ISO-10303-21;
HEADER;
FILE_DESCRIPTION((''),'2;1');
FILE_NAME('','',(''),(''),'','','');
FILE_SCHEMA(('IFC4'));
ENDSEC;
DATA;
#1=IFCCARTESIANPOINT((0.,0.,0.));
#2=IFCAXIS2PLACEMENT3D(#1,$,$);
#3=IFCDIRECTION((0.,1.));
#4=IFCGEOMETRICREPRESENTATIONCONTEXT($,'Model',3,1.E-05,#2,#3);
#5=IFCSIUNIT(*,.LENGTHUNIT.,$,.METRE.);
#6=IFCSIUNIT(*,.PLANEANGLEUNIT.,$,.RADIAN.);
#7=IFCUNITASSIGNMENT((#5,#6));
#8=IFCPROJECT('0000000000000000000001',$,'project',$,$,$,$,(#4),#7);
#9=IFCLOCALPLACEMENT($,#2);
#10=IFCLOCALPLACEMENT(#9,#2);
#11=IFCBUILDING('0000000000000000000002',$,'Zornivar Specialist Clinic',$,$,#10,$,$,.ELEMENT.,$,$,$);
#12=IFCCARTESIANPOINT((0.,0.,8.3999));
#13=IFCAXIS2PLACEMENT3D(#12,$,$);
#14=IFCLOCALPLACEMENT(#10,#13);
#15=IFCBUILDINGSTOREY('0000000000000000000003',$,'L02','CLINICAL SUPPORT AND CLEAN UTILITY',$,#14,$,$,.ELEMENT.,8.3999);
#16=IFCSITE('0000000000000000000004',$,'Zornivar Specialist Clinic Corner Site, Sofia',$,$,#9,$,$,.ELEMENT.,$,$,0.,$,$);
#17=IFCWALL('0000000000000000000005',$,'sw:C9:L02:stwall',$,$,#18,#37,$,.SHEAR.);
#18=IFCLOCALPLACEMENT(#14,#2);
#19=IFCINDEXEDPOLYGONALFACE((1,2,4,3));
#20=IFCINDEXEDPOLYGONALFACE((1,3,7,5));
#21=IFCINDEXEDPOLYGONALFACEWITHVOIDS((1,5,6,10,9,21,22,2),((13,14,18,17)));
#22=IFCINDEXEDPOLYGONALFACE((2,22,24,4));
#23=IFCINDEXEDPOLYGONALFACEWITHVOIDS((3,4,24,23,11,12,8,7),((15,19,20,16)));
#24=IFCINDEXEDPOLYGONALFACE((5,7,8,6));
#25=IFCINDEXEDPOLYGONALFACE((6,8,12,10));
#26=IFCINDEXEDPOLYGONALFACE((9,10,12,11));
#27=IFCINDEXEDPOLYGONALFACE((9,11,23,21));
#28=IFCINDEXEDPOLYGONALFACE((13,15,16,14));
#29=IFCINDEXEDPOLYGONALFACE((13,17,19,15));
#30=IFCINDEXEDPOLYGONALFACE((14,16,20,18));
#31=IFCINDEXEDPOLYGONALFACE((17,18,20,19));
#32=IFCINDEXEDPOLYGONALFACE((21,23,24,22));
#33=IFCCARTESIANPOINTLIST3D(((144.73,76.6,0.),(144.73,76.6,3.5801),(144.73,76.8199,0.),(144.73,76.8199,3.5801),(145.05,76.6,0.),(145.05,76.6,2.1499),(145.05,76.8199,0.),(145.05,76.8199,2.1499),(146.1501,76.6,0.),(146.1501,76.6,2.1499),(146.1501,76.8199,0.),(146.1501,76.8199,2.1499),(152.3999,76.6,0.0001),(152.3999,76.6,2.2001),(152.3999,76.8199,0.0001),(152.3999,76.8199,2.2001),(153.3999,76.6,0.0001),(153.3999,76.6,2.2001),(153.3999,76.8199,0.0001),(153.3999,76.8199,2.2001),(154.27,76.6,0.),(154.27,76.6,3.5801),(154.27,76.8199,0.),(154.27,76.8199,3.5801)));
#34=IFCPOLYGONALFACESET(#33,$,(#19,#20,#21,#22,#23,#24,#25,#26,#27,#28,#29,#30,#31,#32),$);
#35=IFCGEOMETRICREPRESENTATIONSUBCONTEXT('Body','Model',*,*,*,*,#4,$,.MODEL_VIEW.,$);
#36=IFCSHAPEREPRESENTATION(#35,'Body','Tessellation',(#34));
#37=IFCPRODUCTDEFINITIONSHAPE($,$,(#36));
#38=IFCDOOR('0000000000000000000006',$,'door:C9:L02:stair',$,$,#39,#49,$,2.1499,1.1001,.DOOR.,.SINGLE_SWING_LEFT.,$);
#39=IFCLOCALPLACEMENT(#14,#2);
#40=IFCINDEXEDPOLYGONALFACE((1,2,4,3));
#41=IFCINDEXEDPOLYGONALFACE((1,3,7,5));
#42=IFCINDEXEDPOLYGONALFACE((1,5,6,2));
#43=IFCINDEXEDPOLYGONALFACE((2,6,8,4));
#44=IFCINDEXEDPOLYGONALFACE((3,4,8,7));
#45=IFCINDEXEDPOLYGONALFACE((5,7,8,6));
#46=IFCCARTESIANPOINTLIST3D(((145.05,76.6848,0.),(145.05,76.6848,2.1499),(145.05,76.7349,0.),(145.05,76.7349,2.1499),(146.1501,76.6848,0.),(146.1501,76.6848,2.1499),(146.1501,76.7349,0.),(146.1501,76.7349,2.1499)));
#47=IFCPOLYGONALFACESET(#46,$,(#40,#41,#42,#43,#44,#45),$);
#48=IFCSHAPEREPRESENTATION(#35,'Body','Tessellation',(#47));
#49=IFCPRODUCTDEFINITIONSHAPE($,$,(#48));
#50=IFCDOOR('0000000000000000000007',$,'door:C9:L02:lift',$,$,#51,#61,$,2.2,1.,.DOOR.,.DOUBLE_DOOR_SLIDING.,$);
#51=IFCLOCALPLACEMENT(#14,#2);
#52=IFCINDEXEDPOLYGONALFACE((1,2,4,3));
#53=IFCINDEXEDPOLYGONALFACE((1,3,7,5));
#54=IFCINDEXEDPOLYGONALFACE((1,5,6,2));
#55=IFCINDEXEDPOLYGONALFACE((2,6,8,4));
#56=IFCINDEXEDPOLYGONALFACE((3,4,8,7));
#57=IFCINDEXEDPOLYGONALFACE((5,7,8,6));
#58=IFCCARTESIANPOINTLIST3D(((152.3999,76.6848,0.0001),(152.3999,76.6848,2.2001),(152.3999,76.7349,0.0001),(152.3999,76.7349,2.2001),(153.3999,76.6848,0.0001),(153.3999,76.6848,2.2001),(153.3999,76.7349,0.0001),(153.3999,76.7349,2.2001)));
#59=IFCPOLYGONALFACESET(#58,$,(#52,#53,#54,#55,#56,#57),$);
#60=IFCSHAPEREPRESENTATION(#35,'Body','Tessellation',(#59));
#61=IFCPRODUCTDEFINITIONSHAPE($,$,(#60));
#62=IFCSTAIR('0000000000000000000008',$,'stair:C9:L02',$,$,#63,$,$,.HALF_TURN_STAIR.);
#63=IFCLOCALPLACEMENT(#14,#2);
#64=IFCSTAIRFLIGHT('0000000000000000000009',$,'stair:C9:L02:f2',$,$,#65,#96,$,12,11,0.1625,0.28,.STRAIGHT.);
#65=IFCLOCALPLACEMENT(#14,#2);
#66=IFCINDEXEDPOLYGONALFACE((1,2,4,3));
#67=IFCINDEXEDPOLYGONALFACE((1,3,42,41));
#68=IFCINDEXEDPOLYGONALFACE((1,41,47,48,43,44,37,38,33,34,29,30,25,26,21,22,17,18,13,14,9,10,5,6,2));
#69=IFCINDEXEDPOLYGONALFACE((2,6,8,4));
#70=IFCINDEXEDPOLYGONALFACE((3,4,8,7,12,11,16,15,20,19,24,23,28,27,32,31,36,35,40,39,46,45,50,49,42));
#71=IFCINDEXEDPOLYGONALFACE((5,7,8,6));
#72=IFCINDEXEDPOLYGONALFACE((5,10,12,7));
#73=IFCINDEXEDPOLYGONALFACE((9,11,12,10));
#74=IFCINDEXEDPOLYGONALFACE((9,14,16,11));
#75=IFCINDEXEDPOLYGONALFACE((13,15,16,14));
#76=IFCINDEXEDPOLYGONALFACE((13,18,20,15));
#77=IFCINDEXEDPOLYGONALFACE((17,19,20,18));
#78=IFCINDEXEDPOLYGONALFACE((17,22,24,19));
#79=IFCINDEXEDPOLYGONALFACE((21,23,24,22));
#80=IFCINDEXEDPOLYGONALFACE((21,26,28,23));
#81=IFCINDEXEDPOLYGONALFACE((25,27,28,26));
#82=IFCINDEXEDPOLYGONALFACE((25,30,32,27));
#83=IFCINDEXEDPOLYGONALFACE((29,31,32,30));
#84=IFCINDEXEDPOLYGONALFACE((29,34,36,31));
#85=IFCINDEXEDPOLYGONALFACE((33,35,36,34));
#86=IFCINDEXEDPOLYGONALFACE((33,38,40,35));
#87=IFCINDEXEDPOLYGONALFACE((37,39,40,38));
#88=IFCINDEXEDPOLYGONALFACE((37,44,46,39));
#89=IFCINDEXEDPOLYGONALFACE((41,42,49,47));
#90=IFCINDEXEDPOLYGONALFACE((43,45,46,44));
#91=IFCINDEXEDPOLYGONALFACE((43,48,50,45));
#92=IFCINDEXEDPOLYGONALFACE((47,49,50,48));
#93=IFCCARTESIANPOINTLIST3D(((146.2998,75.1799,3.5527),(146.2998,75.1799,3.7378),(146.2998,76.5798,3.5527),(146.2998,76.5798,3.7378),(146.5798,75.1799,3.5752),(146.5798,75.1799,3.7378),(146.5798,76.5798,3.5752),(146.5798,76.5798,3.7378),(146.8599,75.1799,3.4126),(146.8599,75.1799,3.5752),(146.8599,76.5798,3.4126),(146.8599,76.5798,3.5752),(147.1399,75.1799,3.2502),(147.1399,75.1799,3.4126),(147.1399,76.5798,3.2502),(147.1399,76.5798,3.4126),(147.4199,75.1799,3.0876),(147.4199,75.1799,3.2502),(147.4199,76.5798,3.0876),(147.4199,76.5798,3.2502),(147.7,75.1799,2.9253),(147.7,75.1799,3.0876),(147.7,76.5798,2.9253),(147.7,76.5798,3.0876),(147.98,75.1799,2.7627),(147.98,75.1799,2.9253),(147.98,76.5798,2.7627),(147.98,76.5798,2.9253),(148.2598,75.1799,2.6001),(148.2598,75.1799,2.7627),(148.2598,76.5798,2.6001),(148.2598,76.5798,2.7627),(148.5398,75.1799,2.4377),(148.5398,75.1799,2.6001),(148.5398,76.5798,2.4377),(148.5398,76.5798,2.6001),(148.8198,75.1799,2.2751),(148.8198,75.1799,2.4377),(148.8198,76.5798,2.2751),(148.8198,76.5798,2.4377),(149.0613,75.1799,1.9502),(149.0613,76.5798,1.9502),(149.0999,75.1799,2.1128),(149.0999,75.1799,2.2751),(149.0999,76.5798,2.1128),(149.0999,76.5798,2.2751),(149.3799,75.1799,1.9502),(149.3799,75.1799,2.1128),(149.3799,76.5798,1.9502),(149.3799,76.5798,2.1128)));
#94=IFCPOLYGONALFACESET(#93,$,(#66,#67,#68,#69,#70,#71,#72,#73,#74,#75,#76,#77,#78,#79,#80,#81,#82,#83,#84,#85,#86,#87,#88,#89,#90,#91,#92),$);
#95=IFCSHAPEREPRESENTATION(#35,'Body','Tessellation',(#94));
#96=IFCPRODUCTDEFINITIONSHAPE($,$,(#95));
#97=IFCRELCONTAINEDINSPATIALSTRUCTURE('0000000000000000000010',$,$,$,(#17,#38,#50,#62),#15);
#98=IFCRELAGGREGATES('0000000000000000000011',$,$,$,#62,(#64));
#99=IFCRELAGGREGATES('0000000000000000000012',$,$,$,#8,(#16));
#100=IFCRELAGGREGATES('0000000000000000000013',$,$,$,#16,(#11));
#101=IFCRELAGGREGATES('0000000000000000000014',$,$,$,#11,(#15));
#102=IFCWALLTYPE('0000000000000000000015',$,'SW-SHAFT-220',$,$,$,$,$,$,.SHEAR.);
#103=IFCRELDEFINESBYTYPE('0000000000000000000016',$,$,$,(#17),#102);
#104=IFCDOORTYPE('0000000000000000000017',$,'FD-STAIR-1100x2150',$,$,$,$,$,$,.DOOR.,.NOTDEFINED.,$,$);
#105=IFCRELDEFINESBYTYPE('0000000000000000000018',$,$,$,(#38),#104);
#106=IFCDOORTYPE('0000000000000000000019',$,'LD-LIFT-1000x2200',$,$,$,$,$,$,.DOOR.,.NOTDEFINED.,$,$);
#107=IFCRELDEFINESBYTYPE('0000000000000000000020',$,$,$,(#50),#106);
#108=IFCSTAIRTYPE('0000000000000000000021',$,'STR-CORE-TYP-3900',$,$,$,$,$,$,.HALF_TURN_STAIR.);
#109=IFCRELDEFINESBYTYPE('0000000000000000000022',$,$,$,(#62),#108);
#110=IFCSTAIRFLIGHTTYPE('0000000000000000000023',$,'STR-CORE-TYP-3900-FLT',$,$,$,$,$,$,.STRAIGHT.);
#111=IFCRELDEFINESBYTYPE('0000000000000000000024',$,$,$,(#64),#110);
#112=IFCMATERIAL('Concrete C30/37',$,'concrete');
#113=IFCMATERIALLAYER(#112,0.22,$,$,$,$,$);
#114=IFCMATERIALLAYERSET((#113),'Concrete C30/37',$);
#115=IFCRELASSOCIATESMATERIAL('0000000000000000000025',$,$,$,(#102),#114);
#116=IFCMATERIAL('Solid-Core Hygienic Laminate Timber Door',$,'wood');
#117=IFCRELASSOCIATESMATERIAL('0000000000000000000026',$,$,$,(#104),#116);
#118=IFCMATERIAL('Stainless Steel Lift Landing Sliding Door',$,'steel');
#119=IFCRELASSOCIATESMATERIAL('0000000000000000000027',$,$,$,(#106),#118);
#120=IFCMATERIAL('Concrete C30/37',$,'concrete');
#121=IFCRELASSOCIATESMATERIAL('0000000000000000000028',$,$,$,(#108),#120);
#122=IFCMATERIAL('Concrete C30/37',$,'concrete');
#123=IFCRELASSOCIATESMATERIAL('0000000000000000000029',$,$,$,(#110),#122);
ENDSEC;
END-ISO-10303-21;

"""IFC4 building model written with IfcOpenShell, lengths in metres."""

from ifc_helpers import new_model, si_unit, direction, frame, frame_2d, origin, place, context, subcontext, project, spatial, polyline, rectangle, outline, extrude, material, layer, layer_set, type_object, element, fill, aggregate, save


model = new_model("IFC4")

# Units and contexts
model_context = context("Model", 3, precision=1e-05, world=origin(), true_north=direction((0.0, 1.0)))
body_context = subcontext(model_context, "Body", "Model", "MODEL_VIEW")
ifc_project = project(units=[si_unit("LENGTHUNIT", "METRE"), si_unit("PLANEANGLEUNIT", "RADIAN")], contexts=[model_context])

# Site, building, storey
site_placement = place(None, origin())
site = spatial("IfcSite", under=ifc_project, at=site_placement, Name="Zornivar Specialist Clinic Corner Site, Sofia", CompositionType="ELEMENT", RefElevation=0.0)
building_placement = place(site_placement, origin())
building = spatial("IfcBuilding", under=site, at=building_placement, Name="Zornivar Specialist Clinic", CompositionType="ELEMENT")
storey_placement = place(building_placement, frame((0.0, 0.0, 8.3999)))
storey = spatial("IfcBuildingStorey", under=building, at=storey_placement, Name="L02", Description="CLINICAL SUPPORT AND CLEAN UTILITY", CompositionType="ELEMENT", Elevation=8.3999)

# Wall, openings, doors
ifc_material_1 = material(Name="Concrete C30/37", Category="concrete")
ifc_layer_1 = layer(ifc_material_1, 0.22)
ifc_layer_set_1 = layer_set([ifc_layer_1], Name="Concrete C30/37")
wall_type_1 = type_object("IfcWallType", Name="SW-SHAFT-220", PredefinedType="SHEAR", material=ifc_layer_set_1)
wall_1_placement = place(storey_placement, frame((144.73, 76.71, 0.0), z_axis=(0.0, 0.0, 1.0), x_axis=(1.0, 0.0, 0.0)))
wall_1 = element("IfcWall", 1, at=wall_1_placement, inside=storey, type_object=wall_type_1, Name="sw:C9:L02:stwall", PredefinedType="SHEAR", context=body_context, shape_type="SweptSolid", body=[
    extrude(rectangle(XDim=9.54, YDim=0.22, at=frame_2d((4.77, 0.0))), origin(), (0.0, 0.0, 1.0), 3.5801),
])
opening_1_placement = place(wall_1_placement, frame((0.3201, 0.0, 0.0)))
opening_1 = element("IfcOpeningElement", 2, at=opening_1_placement, cuts=wall_1, PredefinedType="OPENING", context=body_context, shape_type="SweptSolid", body=[
    extrude(rectangle(XDim=1.1001, YDim=2.1499, at=frame_2d((0.55, 1.075))), frame((0.0, 0.1199, 0.0), z_axis=(0.0, -1.0, 0.0), x_axis=(1.0, 0.0, 0.0)), (0.0, 0.0, 1.0), 0.24),
])
opening_2_placement = place(wall_1_placement, frame((7.6699, 0.0, 0.0)))
opening_2 = element("IfcOpeningElement", 3, at=opening_2_placement, cuts=wall_1, PredefinedType="OPENING", context=body_context, shape_type="SweptSolid", body=[
    extrude(rectangle(XDim=1.0, YDim=2.2, at=frame_2d((0.5, 1.1001))), frame((0.0, 0.1199, 0.0), z_axis=(0.0, -1.0, 0.0), x_axis=(1.0, 0.0, 0.0)), (0.0, 0.0, 1.0), 0.24),
])
ifc_material_2 = material(Name="Solid-Core Hygienic Laminate Timber Door", Category="wood")
door_type_1 = type_object("IfcDoorType", Name="FD-STAIR-1100x2150", OperationType="NOTDEFINED", PredefinedType="DOOR", material=ifc_material_2)
door_1_placement = place(opening_1_placement, origin())
door_1 = element("IfcDoor", 4, at=door_1_placement, inside=storey, type_object=door_type_1, Name="door:C9:L02:stair", OperationType="SINGLE_SWING_LEFT", OverallHeight=2.1499, OverallWidth=1.1001, PredefinedType="DOOR", context=body_context, shape_type="SweptSolid", body=[
    extrude(rectangle(XDim=1.1001, YDim=2.1499, at=frame_2d((0.55, 1.075))), frame((0.0, 0.0249, 0.0), z_axis=(0.0, -1.0, 0.0), x_axis=(1.0, 0.0, 0.0)), (0.0, 0.0, 1.0), 0.05),
])
fill(opening_1, door_1)
ifc_material_3 = material(Name="Stainless Steel Lift Landing Sliding Door", Category="steel")
door_type_2 = type_object("IfcDoorType", Name="LD-LIFT-1000x2200", OperationType="NOTDEFINED", PredefinedType="DOOR", material=ifc_material_3)
door_2_placement = place(opening_2_placement, origin())
door_2 = element("IfcDoor", 5, at=door_2_placement, inside=storey, type_object=door_type_2, Name="door:C9:L02:lift", OperationType="DOUBLE_DOOR_SLIDING", OverallHeight=2.2, OverallWidth=1.0, PredefinedType="DOOR", context=body_context, shape_type="SweptSolid", body=[
    extrude(rectangle(XDim=1.0, YDim=2.2, at=frame_2d((0.5, 1.1001))), frame((0.0, 0.0249, 0.0), z_axis=(0.0, -1.0, 0.0), x_axis=(1.0, 0.0, 0.0)), (0.0, 0.0, 1.0), 0.05),
])
fill(opening_2, door_2)

# Stair, stair flight
ifc_material_4 = material(Name="Concrete C30/37", Category="concrete")
stair_type = type_object("IfcStairType", Name="STR-CORE-TYP-3900", PredefinedType="HALF_TURN_STAIR", material=ifc_material_4)
stair_placement = place(storey_placement, origin())
stair = element("IfcStair", 6, at=stair_placement, inside=storey, type_object=stair_type, Name="stair:C9:L02", PredefinedType="HALF_TURN_STAIR")
ifc_material_5 = material(Name="Concrete C30/37", Category="concrete")
stair_flight_type = type_object("IfcStairFlightType", Name="STR-CORE-TYP-3900-FLT", PredefinedType="STRAIGHT", material=ifc_material_5)
stair_flight_placement = place(storey_placement, frame((149.3799, 75.8799, 1.9502), z_axis=(0.0, 0.0, 1.0), x_axis=(-1.0, 0.0, 0.0)))
stair_flight = element("IfcStairFlight", 7, at=stair_flight_placement, type_object=stair_flight_type, Name="stair:C9:L02:f2", NumberOfRisers=12, NumberOfTreads=11, PredefinedType="STRAIGHT", RiserHeight=0.1625, TreadLength=0.28, context=body_context, shape_type="SweptSolid", body=[
    extrude(outline(polyline([(0.0, 0.0), (0.0, 0.1626), (0.28, 0.1626), (0.28, 0.325), (0.5601, 0.325), (0.5601, 0.4875), (0.8401, 0.4875), (0.8401, 0.6499), (1.1201, 0.6499), (1.1201, 0.8125), (1.3999, 0.8125), (1.3999, 0.9751), (1.6799, 0.9751), (1.6799, 1.1375), (1.96, 1.1375), (1.96, 1.3), (2.24, 1.3), (2.24, 1.4624), (2.52, 1.4624), (2.52, 1.625), (2.8, 1.625), (2.8, 1.7876), (3.0801, 1.7876), (3.0801, 1.95), (3.0801, 1.6025), (0.3186, 0.0), (0.0, 0.0)])), frame((0.0, 0.7, 0.0), z_axis=(0.0, -1.0, 0.0), x_axis=(1.0, 0.0, 0.0)), (0.0, 0.0, 1.0), 1.3999),
])
aggregate(stair, [stair_flight])

save(model, "model.ifc")
